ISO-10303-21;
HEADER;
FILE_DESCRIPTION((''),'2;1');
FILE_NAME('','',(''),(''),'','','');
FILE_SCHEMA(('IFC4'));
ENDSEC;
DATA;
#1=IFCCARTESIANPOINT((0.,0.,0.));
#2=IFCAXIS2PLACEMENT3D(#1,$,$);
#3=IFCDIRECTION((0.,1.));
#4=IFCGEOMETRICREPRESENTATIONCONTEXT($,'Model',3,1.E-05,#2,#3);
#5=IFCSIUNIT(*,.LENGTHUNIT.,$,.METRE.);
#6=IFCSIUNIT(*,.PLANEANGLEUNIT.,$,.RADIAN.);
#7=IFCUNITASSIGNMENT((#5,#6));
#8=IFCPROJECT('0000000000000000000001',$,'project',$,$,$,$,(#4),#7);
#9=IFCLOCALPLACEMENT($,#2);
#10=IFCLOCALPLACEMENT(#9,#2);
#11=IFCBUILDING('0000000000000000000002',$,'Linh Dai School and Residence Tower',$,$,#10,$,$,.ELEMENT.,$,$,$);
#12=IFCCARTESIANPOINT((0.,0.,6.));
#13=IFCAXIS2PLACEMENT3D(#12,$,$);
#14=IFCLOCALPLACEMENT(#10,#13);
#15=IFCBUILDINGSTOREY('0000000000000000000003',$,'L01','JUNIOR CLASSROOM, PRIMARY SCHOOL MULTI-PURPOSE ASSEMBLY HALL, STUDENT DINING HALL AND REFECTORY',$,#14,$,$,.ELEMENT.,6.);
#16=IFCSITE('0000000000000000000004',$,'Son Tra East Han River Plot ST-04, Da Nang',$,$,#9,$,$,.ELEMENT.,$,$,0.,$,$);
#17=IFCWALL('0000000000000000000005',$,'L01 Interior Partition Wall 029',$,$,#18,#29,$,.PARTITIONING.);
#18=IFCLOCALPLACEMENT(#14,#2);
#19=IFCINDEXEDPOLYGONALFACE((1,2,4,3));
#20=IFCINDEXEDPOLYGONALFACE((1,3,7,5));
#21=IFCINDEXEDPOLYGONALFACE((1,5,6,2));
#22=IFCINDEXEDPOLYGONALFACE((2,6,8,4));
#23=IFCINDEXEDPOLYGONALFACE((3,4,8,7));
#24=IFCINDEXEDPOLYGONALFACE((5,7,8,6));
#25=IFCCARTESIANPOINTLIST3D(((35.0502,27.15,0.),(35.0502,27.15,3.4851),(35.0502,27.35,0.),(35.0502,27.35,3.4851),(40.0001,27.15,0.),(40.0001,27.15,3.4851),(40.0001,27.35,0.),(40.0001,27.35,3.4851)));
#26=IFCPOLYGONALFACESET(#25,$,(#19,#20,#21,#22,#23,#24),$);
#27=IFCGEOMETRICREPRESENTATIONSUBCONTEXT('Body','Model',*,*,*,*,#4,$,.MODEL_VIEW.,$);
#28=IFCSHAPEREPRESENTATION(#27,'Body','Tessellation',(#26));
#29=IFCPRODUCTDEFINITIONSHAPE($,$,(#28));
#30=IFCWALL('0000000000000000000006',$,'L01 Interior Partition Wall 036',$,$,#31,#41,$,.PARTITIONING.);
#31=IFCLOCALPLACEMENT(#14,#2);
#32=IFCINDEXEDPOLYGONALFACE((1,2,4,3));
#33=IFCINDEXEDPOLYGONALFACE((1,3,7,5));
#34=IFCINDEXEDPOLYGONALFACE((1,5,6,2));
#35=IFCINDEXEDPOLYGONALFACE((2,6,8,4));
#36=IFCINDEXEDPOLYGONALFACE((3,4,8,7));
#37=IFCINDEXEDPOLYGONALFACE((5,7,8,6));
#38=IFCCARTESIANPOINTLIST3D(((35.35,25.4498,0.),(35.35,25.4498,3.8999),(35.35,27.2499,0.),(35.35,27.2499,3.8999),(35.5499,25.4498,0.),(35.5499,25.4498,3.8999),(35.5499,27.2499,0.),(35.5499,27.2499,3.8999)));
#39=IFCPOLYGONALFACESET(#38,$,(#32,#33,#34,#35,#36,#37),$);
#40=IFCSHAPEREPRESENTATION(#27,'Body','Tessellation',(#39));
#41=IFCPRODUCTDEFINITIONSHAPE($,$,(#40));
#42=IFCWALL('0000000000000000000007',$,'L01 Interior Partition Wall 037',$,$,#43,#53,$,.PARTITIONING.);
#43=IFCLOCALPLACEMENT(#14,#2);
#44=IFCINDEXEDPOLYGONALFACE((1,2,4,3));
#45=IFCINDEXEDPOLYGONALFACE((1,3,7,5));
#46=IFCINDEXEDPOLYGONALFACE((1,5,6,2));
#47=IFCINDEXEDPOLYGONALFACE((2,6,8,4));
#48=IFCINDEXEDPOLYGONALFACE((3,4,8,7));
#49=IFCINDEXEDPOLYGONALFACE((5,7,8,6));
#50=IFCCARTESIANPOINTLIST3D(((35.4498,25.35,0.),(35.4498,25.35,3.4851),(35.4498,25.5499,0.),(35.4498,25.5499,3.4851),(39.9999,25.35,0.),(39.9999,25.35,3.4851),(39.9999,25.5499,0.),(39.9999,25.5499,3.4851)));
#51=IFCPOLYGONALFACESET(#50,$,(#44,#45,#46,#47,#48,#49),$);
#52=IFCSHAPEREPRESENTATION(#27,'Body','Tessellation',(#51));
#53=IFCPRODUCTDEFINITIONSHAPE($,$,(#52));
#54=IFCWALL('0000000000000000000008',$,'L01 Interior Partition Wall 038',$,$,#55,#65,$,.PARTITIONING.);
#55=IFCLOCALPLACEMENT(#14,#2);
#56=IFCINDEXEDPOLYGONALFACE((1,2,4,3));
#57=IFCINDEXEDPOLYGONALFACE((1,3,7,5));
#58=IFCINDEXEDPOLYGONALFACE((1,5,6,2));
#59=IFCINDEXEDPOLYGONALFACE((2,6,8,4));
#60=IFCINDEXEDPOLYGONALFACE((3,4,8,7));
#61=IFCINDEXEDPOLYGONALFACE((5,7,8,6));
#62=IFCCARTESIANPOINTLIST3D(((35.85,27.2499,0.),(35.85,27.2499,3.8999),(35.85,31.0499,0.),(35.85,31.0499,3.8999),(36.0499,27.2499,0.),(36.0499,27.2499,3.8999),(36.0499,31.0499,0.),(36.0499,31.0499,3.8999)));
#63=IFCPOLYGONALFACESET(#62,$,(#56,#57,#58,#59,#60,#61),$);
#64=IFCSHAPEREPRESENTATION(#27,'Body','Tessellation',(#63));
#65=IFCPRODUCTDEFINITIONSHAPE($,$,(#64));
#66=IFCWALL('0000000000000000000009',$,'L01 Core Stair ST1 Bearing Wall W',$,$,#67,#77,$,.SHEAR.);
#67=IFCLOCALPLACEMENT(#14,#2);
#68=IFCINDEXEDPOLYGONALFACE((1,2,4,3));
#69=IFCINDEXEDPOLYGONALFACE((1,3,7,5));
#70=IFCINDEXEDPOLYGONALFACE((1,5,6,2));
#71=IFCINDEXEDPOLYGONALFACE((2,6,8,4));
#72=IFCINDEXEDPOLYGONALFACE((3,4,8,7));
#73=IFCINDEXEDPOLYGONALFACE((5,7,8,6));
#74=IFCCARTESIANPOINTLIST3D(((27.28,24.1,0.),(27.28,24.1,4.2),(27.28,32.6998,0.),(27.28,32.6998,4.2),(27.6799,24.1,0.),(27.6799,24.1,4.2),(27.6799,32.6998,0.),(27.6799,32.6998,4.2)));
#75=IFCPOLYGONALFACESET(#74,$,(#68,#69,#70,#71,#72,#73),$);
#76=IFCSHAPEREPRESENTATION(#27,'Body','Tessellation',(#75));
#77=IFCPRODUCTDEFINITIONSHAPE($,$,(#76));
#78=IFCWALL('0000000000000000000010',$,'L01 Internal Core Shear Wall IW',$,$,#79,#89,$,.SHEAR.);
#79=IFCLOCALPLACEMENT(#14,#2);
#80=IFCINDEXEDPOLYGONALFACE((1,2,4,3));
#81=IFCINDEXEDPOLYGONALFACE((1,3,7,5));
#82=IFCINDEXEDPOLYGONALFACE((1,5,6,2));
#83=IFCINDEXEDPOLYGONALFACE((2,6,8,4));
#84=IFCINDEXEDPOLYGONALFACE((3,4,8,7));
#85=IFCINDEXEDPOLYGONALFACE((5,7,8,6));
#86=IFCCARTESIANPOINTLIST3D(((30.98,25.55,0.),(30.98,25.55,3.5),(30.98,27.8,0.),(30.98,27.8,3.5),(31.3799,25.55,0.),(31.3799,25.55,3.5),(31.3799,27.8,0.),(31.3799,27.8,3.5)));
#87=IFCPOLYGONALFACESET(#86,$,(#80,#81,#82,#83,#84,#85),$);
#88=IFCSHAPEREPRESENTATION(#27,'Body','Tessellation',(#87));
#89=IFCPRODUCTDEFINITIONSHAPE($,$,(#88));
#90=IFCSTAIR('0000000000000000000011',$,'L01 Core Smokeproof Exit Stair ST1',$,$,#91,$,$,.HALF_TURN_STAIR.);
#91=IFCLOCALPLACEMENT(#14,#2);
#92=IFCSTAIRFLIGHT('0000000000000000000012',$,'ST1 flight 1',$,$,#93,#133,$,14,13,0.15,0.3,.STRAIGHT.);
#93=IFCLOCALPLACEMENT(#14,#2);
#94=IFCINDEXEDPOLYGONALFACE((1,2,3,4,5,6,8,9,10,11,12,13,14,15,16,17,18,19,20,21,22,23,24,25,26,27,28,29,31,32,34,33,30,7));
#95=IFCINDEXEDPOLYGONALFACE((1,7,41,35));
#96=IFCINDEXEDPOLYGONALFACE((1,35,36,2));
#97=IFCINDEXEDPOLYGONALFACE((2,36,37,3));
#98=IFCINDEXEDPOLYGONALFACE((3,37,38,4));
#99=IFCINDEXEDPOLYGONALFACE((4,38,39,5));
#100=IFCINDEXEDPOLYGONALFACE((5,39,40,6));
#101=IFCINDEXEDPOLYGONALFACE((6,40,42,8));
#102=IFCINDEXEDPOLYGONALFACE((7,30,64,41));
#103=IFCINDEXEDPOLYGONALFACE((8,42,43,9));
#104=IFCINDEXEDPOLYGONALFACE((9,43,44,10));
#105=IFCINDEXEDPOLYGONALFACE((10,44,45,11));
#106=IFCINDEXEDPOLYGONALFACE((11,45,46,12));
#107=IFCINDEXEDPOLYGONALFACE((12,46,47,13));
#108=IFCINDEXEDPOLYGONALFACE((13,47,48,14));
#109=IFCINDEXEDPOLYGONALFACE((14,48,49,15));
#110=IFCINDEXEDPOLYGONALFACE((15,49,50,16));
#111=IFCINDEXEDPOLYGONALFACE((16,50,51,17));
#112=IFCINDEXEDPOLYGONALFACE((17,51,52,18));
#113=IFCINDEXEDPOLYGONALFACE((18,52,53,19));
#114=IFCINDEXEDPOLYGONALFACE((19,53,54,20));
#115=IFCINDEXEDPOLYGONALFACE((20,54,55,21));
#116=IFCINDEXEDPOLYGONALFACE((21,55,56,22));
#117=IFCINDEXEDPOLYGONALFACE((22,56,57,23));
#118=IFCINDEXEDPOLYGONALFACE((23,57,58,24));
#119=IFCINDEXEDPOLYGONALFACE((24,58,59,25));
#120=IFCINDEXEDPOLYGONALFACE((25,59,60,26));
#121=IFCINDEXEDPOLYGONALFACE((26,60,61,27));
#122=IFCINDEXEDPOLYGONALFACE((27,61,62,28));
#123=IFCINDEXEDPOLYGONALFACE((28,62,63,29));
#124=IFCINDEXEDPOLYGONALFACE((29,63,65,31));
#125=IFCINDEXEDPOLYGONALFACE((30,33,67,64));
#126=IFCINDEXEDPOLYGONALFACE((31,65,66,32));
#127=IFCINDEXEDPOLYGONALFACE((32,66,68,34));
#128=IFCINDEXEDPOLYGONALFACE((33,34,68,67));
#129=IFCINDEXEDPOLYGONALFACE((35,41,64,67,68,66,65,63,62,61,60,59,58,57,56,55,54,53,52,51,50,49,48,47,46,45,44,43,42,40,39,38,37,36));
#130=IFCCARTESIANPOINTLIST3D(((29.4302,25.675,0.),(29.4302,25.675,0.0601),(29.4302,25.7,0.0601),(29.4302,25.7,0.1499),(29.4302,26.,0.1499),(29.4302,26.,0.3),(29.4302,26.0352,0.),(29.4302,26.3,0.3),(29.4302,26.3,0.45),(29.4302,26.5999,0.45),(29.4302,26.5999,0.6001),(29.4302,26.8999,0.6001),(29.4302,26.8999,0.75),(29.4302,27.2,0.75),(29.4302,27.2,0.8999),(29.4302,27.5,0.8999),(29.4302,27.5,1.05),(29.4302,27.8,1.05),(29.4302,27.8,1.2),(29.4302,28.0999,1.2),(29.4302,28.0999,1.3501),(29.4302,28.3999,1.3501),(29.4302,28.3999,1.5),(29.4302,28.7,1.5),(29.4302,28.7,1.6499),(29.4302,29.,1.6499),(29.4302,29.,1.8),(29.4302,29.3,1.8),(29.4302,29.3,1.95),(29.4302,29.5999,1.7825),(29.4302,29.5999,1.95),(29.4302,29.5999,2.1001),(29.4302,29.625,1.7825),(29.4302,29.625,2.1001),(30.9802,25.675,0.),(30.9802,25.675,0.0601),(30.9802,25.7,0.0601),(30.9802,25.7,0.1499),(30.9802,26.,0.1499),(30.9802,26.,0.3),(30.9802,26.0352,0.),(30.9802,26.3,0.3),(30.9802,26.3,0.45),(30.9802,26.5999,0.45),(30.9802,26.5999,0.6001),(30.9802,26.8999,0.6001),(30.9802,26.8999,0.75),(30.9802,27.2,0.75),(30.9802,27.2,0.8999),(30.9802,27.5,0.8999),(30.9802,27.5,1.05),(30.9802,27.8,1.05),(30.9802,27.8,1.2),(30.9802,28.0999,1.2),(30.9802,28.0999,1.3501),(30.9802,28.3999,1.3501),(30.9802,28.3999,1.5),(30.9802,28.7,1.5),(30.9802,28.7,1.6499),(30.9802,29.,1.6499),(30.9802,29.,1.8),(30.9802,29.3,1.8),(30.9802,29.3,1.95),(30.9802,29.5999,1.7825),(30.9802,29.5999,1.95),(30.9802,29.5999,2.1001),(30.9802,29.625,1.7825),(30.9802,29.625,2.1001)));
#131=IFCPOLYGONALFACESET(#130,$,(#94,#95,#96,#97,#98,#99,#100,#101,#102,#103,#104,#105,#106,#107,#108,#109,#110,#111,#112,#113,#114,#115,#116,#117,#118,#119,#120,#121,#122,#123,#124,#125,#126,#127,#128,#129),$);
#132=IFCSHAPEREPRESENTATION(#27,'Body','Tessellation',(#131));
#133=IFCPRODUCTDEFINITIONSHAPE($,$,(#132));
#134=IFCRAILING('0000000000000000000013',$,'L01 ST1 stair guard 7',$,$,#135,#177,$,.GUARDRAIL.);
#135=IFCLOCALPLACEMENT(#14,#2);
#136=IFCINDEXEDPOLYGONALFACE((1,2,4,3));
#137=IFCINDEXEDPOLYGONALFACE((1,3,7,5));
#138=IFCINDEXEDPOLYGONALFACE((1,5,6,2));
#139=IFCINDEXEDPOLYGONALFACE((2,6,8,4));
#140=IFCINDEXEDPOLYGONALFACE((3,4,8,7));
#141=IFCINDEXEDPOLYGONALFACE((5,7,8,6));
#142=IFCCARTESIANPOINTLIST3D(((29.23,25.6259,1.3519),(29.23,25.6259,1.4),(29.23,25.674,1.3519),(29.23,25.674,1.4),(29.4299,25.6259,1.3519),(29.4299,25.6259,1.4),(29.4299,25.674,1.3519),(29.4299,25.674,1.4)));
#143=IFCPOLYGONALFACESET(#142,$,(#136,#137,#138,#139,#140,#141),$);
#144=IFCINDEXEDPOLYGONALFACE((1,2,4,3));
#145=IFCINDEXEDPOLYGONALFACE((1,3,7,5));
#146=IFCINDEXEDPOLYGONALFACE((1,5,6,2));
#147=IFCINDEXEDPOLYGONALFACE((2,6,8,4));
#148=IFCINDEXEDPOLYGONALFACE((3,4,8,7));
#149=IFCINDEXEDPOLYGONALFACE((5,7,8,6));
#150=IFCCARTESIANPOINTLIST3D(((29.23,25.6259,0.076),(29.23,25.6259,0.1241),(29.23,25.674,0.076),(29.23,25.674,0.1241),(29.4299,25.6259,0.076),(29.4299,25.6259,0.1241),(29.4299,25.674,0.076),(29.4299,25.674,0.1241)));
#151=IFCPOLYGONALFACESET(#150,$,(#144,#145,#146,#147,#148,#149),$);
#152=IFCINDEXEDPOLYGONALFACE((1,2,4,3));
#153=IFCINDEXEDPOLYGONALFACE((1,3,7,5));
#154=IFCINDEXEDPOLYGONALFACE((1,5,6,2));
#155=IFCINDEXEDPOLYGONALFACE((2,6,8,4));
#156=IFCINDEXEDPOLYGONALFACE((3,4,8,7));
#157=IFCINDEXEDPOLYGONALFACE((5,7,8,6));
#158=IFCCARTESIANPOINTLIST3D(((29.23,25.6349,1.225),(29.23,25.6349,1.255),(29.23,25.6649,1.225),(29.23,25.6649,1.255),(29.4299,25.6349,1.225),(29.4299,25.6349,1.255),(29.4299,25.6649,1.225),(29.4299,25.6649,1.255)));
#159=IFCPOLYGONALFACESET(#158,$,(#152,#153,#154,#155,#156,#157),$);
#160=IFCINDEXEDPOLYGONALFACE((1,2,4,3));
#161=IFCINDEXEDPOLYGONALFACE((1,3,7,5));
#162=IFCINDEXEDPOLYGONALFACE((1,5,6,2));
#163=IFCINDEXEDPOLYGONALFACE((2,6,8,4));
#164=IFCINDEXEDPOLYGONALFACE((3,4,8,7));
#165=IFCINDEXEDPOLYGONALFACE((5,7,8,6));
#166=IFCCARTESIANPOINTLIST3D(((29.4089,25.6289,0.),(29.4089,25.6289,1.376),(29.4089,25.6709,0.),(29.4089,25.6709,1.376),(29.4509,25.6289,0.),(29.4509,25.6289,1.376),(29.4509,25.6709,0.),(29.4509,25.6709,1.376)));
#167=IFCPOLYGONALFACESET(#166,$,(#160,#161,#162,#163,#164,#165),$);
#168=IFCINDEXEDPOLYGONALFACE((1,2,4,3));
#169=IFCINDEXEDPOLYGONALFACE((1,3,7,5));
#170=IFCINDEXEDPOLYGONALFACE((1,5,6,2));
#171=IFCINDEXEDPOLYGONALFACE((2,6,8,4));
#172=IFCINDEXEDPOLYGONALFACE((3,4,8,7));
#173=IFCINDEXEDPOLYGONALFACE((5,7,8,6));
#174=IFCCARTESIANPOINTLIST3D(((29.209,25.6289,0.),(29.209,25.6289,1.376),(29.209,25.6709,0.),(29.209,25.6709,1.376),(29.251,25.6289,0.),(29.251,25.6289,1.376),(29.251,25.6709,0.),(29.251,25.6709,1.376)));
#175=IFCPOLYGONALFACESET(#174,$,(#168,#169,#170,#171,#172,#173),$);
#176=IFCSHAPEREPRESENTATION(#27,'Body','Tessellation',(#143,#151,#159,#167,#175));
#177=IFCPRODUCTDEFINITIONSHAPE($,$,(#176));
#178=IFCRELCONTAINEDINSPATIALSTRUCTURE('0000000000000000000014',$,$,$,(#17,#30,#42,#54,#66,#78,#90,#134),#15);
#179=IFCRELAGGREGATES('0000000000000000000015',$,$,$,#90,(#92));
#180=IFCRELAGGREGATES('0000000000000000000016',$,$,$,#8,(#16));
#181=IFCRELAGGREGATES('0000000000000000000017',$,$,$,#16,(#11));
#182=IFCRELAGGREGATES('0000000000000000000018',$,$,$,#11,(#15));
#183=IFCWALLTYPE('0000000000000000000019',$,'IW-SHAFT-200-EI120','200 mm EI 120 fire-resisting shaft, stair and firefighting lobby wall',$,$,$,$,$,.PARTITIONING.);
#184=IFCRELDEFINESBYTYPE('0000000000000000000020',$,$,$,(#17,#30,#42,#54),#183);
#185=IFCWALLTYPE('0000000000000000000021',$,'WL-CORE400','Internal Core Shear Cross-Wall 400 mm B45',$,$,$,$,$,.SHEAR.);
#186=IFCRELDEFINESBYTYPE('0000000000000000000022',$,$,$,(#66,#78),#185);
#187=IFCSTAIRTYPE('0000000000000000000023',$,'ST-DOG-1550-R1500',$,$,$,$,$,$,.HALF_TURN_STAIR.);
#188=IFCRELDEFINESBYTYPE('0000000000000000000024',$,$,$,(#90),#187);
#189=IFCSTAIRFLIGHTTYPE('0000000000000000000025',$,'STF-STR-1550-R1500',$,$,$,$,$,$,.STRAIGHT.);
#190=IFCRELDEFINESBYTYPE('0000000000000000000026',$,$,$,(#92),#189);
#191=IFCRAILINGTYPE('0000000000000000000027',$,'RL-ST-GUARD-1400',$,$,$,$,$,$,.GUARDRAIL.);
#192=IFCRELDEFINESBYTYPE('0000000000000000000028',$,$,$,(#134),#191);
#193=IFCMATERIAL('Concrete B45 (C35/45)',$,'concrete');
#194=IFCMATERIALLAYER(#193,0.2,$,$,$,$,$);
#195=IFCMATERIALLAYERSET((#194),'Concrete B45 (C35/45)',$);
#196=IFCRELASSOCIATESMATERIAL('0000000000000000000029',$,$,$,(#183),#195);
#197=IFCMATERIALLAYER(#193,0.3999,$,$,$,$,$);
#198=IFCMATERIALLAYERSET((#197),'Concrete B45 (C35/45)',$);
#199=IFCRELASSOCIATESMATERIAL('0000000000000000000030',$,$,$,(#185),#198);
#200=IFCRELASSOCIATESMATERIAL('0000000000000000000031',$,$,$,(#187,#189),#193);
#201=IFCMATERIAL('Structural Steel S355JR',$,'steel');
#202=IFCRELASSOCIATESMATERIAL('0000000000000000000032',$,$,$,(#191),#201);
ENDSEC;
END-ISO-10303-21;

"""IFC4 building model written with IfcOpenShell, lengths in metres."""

from ifc_helpers import new_model, si_unit, direction, frame, frame_2d, origin, origin_2d, place, context, subcontext, project, spatial, polyline, rectangle, outline, extrude, source, transform, mapped, material, layer, layer_set, type_object, element, aggregate, save


model = new_model("IFC4")

# Units and contexts
model_context = context("Model", 3, precision=1e-05, world=origin(), true_north=direction((0.0, 1.0)))
body_context = subcontext(model_context, "Body", "Model", "MODEL_VIEW")
ifc_project = project(units=[si_unit("LENGTHUNIT", "METRE"), si_unit("PLANEANGLEUNIT", "RADIAN")], contexts=[model_context])

# Site, building, storey
site_placement = place(None, origin())
site = spatial("IfcSite", under=ifc_project, at=site_placement, Name="Son Tra East Han River Plot ST-04, Da Nang", CompositionType="ELEMENT", RefElevation=0.0)
building_placement = place(site_placement, origin())
building = spatial("IfcBuilding", under=site, at=building_placement, Name="Linh Dai School and Residence Tower", CompositionType="ELEMENT")
storey_placement = place(building_placement, frame((0.0, 0.0, 6.0)))
storey = spatial("IfcBuildingStorey", under=building, at=storey_placement, Name="L01", Description="JUNIOR CLASSROOM, PRIMARY SCHOOL MULTI-PURPOSE ASSEMBLY HALL, STUDENT DINING HALL AND REFECTORY", CompositionType="ELEMENT", Elevation=6.0)

# Shared definitions
ifc_material_1 = material(Name="Structural Steel S355JR", Category="steel")

# Shared definitions
ifc_material_2 = material(Name="Concrete B45 (C35/45)", Category="concrete")
ifc_layer_1 = layer(ifc_material_2, 0.2)
ifc_layer_set_1 = layer_set([ifc_layer_1], Name="Concrete B45 (C35/45)")
wall_type_1 = type_object("IfcWallType", Name="IW-SHAFT-200-EI120", Description="200 mm EI 120 fire-resisting shaft, stair and firefighting lobby wall", PredefinedType="PARTITIONING", material=ifc_layer_set_1)

# Walls
wall_1_placement = place(storey_placement, frame((35.05, 27.25, 0.0), z_axis=(0.0, 0.0, 1.0), x_axis=(1.0, 0.0, 0.0)))
element("IfcWall", 1, at=wall_1_placement, inside=storey, type_object=wall_type_1, Name="L01 Interior Partition Wall 029", PredefinedType="PARTITIONING", context=body_context, shape_type="SweptSolid", body=[
    extrude(rectangle(XDim=4.95, YDim=0.2, at=frame_2d((2.4751, 0.0))), origin(), (0.0, 0.0, 1.0), 3.4851),
])
wall_2_placement = place(storey_placement, frame((35.45, 25.45, 0.0), z_axis=(0.0, 0.0, 1.0), x_axis=(0.0, 1.0, 0.0)))
element("IfcWall", 2, at=wall_2_placement, inside=storey, type_object=wall_type_1, Name="L01 Interior Partition Wall 036", PredefinedType="PARTITIONING", context=body_context, shape_type="SweptSolid", body=[
    extrude(rectangle(XDim=1.8, YDim=0.2, at=frame_2d((0.8999, 0.0))), origin(), (0.0, 0.0, 1.0), 3.8999),
])
wall_3_placement = place(storey_placement, frame((35.45, 25.45, 0.0), z_axis=(0.0, 0.0, 1.0), x_axis=(1.0, 0.0, 0.0)))
element("IfcWall", 3, at=wall_3_placement, inside=storey, type_object=wall_type_1, Name="L01 Interior Partition Wall 037", PredefinedType="PARTITIONING", context=body_context, shape_type="SweptSolid", body=[
    extrude(rectangle(XDim=4.55, YDim=0.2, at=frame_2d((2.2749, 0.0))), origin(), (0.0, 0.0, 1.0), 3.4851),
])
wall_4_placement = place(storey_placement, frame((35.95, 27.25, 0.0), z_axis=(0.0, 0.0, 1.0), x_axis=(0.0, 1.0, 0.0)))
element("IfcWall", 4, at=wall_4_placement, inside=storey, type_object=wall_type_1, Name="L01 Interior Partition Wall 038", PredefinedType="PARTITIONING", context=body_context, shape_type="SweptSolid", body=[
    extrude(rectangle(XDim=3.8, YDim=0.2, at=frame_2d((1.8999, 0.0))), origin(), (0.0, 0.0, 1.0), 3.8999),
])
ifc_layer_2 = layer(ifc_material_2, 0.3999)
ifc_layer_set_2 = layer_set([ifc_layer_2], Name="Concrete B45 (C35/45)")
wall_type_2 = type_object("IfcWallType", Name="WL-CORE400", Description="Internal Core Shear Cross-Wall 400 mm B45", PredefinedType="SHEAR", material=ifc_layer_set_2)
wall_5_placement = place(storey_placement, frame((27.48, 24.1001, 0.0), z_axis=(0.0, 0.0, 1.0), x_axis=(0.0, 1.0, 0.0)))
element("IfcWall", 5, at=wall_5_placement, inside=storey, type_object=wall_type_2, Name="L01 Core Stair ST1 Bearing Wall W", PredefinedType="SHEAR", context=body_context, shape_type="SweptSolid", body=[
    extrude(rectangle(XDim=8.5999, YDim=0.3999, at=frame_2d((4.2998, 0.0))), origin(), (0.0, 0.0, 1.0), 4.2),
])
wall_6_placement = place(storey_placement, frame((31.1799, 25.55, 0.0), z_axis=(0.0, 0.0, 1.0), x_axis=(0.0, 1.0, 0.0)))
element("IfcWall", 6, at=wall_6_placement, inside=storey, type_object=wall_type_2, Name="L01 Internal Core Shear Wall IW", PredefinedType="SHEAR", context=body_context, shape_type="SweptSolid", body=[
    extrude(rectangle(XDim=2.25, YDim=0.3999, at=frame_2d((1.125, 0.0))), origin(), (0.0, 0.0, 1.0), 3.5),
])

# Stair, stair flight
stair_type = type_object("IfcStairType", Name="ST-DOG-1550-R1500", PredefinedType="HALF_TURN_STAIR", material=ifc_material_2)
stair_placement = place(storey_placement, origin())
stair = element("IfcStair", 7, at=stair_placement, inside=storey, type_object=stair_type, Name="L01 Core Smokeproof Exit Stair ST1", PredefinedType="HALF_TURN_STAIR")
stair_flight_type = type_object("IfcStairFlightType", Name="STF-STR-1550-R1500", PredefinedType="STRAIGHT", material=ifc_material_2)
shared_shape_1 = source(origin(), body_context, "Body", "SweptSolid", [
    extrude(outline(polyline([(-0.0249, 0.0), (-0.0249, 0.0601), (0.0, 0.0601), (0.0, 0.1499), (0.3, 0.1499), (0.3, 0.3), (0.6001, 0.3), (0.6001, 0.45), (0.8999, 0.45), (0.8999, 0.6001), (1.2, 0.6001), (1.2, 0.75), (1.5, 0.75), (1.5, 0.8999), (1.8, 0.8999), (1.8, 1.05), (2.1001, 1.05), (2.1001, 1.2), (2.3999, 1.2), (2.3999, 1.3501), (2.7, 1.3501), (2.7, 1.5), (3.0, 1.5), (3.0, 1.6499), (3.3, 1.6499), (3.3, 1.8), (3.6001, 1.8), (3.6001, 1.95), (3.8999, 1.95), (3.8999, 2.1001), (3.925, 2.1001), (3.925, 1.7825), (3.8999, 1.7825), (0.3352, 0.0), (-0.0249, 0.0)])), frame((0.0, 0.7749, 0.0), z_axis=(0.0, -1.0, 0.0), x_axis=(1.0, 0.0, 0.0)), (0.0, 0.0, 1.0), 1.55),
])
stair_flight_placement = place(storey_placement, frame((30.2051, 25.7, 0.0), z_axis=(0.0, 0.0, 1.0), x_axis=(0.0, 1.0, 0.0)))
stair_flight = element("IfcStairFlight", 8, at=stair_flight_placement, type_object=stair_flight_type, Name="ST1 flight 1", NumberOfRisers=14, NumberOfTreads=13, PredefinedType="STRAIGHT", RiserHeight=0.15, TreadLength=0.3, context=body_context, shape_type="MappedRepresentation", body=[
    mapped(shared_shape_1, transform((0.0, 0.0, 0.0), x_axis=(1.0, 0.0, 0.0), y_axis=(0.0, 1.0, 0.0), z_axis=(0.0, 0.0, 1.0), scale=1.0)),
])
aggregate(stair, [stair_flight])

# Railing
railing_type_1 = type_object("IfcRailingType", Name="RL-ST-GUARD-1400", PredefinedType="GUARDRAIL", material=ifc_material_1)
shared_shape_2 = source(origin(), body_context, "Body", "SweptSolid", [
    extrude(rectangle(XDim=0.0481, YDim=0.0481, at=origin_2d()), frame((0.0, 0.0, 1.376), z_axis=(-1.0, 0.0, 0.0), x_axis=(0.0, -1.0, 0.0)), (0.0, 0.0, 1.0), 0.2),
    extrude(rectangle(XDim=0.0481, YDim=0.0481, at=origin_2d()), frame((0.0, 0.0, 0.1001), z_axis=(-1.0, 0.0, 0.0), x_axis=(0.0, -1.0, 0.0)), (0.0, 0.0, 1.0), 0.2),
    extrude(rectangle(XDim=0.03, YDim=0.03, at=origin_2d()), frame((0.0, 0.0, 1.24), z_axis=(-1.0, 0.0, 0.0), x_axis=(0.0, -1.0, 0.0)), (0.0, 0.0, 1.0), 0.2),
    extrude(rectangle(XDim=0.042, YDim=0.042, at=origin_2d()), origin(), (0.0, 0.0, 1.0), 1.376),
    extrude(rectangle(XDim=0.042, YDim=0.042, at=origin_2d()), frame((-0.2, 0.0, 0.0)), (0.0, 0.0, 1.0), 1.376),
])
railing_1_placement = place(storey_placement, frame((29.4299, 25.6499, 0.0)))
element("IfcRailing", 9, at=railing_1_placement, inside=storey, type_object=railing_type_1, Name="L01 ST1 stair guard 7", PredefinedType="GUARDRAIL", context=body_context, shape_type="MappedRepresentation", body=[
    mapped(shared_shape_2, transform((0.0, 0.0, 0.0), x_axis=(1.0, 0.0, 0.0), y_axis=(0.0, 1.0, 0.0), z_axis=(0.0, 0.0, 1.0), scale=1.0)),
])

save(model, "model.ifc")
